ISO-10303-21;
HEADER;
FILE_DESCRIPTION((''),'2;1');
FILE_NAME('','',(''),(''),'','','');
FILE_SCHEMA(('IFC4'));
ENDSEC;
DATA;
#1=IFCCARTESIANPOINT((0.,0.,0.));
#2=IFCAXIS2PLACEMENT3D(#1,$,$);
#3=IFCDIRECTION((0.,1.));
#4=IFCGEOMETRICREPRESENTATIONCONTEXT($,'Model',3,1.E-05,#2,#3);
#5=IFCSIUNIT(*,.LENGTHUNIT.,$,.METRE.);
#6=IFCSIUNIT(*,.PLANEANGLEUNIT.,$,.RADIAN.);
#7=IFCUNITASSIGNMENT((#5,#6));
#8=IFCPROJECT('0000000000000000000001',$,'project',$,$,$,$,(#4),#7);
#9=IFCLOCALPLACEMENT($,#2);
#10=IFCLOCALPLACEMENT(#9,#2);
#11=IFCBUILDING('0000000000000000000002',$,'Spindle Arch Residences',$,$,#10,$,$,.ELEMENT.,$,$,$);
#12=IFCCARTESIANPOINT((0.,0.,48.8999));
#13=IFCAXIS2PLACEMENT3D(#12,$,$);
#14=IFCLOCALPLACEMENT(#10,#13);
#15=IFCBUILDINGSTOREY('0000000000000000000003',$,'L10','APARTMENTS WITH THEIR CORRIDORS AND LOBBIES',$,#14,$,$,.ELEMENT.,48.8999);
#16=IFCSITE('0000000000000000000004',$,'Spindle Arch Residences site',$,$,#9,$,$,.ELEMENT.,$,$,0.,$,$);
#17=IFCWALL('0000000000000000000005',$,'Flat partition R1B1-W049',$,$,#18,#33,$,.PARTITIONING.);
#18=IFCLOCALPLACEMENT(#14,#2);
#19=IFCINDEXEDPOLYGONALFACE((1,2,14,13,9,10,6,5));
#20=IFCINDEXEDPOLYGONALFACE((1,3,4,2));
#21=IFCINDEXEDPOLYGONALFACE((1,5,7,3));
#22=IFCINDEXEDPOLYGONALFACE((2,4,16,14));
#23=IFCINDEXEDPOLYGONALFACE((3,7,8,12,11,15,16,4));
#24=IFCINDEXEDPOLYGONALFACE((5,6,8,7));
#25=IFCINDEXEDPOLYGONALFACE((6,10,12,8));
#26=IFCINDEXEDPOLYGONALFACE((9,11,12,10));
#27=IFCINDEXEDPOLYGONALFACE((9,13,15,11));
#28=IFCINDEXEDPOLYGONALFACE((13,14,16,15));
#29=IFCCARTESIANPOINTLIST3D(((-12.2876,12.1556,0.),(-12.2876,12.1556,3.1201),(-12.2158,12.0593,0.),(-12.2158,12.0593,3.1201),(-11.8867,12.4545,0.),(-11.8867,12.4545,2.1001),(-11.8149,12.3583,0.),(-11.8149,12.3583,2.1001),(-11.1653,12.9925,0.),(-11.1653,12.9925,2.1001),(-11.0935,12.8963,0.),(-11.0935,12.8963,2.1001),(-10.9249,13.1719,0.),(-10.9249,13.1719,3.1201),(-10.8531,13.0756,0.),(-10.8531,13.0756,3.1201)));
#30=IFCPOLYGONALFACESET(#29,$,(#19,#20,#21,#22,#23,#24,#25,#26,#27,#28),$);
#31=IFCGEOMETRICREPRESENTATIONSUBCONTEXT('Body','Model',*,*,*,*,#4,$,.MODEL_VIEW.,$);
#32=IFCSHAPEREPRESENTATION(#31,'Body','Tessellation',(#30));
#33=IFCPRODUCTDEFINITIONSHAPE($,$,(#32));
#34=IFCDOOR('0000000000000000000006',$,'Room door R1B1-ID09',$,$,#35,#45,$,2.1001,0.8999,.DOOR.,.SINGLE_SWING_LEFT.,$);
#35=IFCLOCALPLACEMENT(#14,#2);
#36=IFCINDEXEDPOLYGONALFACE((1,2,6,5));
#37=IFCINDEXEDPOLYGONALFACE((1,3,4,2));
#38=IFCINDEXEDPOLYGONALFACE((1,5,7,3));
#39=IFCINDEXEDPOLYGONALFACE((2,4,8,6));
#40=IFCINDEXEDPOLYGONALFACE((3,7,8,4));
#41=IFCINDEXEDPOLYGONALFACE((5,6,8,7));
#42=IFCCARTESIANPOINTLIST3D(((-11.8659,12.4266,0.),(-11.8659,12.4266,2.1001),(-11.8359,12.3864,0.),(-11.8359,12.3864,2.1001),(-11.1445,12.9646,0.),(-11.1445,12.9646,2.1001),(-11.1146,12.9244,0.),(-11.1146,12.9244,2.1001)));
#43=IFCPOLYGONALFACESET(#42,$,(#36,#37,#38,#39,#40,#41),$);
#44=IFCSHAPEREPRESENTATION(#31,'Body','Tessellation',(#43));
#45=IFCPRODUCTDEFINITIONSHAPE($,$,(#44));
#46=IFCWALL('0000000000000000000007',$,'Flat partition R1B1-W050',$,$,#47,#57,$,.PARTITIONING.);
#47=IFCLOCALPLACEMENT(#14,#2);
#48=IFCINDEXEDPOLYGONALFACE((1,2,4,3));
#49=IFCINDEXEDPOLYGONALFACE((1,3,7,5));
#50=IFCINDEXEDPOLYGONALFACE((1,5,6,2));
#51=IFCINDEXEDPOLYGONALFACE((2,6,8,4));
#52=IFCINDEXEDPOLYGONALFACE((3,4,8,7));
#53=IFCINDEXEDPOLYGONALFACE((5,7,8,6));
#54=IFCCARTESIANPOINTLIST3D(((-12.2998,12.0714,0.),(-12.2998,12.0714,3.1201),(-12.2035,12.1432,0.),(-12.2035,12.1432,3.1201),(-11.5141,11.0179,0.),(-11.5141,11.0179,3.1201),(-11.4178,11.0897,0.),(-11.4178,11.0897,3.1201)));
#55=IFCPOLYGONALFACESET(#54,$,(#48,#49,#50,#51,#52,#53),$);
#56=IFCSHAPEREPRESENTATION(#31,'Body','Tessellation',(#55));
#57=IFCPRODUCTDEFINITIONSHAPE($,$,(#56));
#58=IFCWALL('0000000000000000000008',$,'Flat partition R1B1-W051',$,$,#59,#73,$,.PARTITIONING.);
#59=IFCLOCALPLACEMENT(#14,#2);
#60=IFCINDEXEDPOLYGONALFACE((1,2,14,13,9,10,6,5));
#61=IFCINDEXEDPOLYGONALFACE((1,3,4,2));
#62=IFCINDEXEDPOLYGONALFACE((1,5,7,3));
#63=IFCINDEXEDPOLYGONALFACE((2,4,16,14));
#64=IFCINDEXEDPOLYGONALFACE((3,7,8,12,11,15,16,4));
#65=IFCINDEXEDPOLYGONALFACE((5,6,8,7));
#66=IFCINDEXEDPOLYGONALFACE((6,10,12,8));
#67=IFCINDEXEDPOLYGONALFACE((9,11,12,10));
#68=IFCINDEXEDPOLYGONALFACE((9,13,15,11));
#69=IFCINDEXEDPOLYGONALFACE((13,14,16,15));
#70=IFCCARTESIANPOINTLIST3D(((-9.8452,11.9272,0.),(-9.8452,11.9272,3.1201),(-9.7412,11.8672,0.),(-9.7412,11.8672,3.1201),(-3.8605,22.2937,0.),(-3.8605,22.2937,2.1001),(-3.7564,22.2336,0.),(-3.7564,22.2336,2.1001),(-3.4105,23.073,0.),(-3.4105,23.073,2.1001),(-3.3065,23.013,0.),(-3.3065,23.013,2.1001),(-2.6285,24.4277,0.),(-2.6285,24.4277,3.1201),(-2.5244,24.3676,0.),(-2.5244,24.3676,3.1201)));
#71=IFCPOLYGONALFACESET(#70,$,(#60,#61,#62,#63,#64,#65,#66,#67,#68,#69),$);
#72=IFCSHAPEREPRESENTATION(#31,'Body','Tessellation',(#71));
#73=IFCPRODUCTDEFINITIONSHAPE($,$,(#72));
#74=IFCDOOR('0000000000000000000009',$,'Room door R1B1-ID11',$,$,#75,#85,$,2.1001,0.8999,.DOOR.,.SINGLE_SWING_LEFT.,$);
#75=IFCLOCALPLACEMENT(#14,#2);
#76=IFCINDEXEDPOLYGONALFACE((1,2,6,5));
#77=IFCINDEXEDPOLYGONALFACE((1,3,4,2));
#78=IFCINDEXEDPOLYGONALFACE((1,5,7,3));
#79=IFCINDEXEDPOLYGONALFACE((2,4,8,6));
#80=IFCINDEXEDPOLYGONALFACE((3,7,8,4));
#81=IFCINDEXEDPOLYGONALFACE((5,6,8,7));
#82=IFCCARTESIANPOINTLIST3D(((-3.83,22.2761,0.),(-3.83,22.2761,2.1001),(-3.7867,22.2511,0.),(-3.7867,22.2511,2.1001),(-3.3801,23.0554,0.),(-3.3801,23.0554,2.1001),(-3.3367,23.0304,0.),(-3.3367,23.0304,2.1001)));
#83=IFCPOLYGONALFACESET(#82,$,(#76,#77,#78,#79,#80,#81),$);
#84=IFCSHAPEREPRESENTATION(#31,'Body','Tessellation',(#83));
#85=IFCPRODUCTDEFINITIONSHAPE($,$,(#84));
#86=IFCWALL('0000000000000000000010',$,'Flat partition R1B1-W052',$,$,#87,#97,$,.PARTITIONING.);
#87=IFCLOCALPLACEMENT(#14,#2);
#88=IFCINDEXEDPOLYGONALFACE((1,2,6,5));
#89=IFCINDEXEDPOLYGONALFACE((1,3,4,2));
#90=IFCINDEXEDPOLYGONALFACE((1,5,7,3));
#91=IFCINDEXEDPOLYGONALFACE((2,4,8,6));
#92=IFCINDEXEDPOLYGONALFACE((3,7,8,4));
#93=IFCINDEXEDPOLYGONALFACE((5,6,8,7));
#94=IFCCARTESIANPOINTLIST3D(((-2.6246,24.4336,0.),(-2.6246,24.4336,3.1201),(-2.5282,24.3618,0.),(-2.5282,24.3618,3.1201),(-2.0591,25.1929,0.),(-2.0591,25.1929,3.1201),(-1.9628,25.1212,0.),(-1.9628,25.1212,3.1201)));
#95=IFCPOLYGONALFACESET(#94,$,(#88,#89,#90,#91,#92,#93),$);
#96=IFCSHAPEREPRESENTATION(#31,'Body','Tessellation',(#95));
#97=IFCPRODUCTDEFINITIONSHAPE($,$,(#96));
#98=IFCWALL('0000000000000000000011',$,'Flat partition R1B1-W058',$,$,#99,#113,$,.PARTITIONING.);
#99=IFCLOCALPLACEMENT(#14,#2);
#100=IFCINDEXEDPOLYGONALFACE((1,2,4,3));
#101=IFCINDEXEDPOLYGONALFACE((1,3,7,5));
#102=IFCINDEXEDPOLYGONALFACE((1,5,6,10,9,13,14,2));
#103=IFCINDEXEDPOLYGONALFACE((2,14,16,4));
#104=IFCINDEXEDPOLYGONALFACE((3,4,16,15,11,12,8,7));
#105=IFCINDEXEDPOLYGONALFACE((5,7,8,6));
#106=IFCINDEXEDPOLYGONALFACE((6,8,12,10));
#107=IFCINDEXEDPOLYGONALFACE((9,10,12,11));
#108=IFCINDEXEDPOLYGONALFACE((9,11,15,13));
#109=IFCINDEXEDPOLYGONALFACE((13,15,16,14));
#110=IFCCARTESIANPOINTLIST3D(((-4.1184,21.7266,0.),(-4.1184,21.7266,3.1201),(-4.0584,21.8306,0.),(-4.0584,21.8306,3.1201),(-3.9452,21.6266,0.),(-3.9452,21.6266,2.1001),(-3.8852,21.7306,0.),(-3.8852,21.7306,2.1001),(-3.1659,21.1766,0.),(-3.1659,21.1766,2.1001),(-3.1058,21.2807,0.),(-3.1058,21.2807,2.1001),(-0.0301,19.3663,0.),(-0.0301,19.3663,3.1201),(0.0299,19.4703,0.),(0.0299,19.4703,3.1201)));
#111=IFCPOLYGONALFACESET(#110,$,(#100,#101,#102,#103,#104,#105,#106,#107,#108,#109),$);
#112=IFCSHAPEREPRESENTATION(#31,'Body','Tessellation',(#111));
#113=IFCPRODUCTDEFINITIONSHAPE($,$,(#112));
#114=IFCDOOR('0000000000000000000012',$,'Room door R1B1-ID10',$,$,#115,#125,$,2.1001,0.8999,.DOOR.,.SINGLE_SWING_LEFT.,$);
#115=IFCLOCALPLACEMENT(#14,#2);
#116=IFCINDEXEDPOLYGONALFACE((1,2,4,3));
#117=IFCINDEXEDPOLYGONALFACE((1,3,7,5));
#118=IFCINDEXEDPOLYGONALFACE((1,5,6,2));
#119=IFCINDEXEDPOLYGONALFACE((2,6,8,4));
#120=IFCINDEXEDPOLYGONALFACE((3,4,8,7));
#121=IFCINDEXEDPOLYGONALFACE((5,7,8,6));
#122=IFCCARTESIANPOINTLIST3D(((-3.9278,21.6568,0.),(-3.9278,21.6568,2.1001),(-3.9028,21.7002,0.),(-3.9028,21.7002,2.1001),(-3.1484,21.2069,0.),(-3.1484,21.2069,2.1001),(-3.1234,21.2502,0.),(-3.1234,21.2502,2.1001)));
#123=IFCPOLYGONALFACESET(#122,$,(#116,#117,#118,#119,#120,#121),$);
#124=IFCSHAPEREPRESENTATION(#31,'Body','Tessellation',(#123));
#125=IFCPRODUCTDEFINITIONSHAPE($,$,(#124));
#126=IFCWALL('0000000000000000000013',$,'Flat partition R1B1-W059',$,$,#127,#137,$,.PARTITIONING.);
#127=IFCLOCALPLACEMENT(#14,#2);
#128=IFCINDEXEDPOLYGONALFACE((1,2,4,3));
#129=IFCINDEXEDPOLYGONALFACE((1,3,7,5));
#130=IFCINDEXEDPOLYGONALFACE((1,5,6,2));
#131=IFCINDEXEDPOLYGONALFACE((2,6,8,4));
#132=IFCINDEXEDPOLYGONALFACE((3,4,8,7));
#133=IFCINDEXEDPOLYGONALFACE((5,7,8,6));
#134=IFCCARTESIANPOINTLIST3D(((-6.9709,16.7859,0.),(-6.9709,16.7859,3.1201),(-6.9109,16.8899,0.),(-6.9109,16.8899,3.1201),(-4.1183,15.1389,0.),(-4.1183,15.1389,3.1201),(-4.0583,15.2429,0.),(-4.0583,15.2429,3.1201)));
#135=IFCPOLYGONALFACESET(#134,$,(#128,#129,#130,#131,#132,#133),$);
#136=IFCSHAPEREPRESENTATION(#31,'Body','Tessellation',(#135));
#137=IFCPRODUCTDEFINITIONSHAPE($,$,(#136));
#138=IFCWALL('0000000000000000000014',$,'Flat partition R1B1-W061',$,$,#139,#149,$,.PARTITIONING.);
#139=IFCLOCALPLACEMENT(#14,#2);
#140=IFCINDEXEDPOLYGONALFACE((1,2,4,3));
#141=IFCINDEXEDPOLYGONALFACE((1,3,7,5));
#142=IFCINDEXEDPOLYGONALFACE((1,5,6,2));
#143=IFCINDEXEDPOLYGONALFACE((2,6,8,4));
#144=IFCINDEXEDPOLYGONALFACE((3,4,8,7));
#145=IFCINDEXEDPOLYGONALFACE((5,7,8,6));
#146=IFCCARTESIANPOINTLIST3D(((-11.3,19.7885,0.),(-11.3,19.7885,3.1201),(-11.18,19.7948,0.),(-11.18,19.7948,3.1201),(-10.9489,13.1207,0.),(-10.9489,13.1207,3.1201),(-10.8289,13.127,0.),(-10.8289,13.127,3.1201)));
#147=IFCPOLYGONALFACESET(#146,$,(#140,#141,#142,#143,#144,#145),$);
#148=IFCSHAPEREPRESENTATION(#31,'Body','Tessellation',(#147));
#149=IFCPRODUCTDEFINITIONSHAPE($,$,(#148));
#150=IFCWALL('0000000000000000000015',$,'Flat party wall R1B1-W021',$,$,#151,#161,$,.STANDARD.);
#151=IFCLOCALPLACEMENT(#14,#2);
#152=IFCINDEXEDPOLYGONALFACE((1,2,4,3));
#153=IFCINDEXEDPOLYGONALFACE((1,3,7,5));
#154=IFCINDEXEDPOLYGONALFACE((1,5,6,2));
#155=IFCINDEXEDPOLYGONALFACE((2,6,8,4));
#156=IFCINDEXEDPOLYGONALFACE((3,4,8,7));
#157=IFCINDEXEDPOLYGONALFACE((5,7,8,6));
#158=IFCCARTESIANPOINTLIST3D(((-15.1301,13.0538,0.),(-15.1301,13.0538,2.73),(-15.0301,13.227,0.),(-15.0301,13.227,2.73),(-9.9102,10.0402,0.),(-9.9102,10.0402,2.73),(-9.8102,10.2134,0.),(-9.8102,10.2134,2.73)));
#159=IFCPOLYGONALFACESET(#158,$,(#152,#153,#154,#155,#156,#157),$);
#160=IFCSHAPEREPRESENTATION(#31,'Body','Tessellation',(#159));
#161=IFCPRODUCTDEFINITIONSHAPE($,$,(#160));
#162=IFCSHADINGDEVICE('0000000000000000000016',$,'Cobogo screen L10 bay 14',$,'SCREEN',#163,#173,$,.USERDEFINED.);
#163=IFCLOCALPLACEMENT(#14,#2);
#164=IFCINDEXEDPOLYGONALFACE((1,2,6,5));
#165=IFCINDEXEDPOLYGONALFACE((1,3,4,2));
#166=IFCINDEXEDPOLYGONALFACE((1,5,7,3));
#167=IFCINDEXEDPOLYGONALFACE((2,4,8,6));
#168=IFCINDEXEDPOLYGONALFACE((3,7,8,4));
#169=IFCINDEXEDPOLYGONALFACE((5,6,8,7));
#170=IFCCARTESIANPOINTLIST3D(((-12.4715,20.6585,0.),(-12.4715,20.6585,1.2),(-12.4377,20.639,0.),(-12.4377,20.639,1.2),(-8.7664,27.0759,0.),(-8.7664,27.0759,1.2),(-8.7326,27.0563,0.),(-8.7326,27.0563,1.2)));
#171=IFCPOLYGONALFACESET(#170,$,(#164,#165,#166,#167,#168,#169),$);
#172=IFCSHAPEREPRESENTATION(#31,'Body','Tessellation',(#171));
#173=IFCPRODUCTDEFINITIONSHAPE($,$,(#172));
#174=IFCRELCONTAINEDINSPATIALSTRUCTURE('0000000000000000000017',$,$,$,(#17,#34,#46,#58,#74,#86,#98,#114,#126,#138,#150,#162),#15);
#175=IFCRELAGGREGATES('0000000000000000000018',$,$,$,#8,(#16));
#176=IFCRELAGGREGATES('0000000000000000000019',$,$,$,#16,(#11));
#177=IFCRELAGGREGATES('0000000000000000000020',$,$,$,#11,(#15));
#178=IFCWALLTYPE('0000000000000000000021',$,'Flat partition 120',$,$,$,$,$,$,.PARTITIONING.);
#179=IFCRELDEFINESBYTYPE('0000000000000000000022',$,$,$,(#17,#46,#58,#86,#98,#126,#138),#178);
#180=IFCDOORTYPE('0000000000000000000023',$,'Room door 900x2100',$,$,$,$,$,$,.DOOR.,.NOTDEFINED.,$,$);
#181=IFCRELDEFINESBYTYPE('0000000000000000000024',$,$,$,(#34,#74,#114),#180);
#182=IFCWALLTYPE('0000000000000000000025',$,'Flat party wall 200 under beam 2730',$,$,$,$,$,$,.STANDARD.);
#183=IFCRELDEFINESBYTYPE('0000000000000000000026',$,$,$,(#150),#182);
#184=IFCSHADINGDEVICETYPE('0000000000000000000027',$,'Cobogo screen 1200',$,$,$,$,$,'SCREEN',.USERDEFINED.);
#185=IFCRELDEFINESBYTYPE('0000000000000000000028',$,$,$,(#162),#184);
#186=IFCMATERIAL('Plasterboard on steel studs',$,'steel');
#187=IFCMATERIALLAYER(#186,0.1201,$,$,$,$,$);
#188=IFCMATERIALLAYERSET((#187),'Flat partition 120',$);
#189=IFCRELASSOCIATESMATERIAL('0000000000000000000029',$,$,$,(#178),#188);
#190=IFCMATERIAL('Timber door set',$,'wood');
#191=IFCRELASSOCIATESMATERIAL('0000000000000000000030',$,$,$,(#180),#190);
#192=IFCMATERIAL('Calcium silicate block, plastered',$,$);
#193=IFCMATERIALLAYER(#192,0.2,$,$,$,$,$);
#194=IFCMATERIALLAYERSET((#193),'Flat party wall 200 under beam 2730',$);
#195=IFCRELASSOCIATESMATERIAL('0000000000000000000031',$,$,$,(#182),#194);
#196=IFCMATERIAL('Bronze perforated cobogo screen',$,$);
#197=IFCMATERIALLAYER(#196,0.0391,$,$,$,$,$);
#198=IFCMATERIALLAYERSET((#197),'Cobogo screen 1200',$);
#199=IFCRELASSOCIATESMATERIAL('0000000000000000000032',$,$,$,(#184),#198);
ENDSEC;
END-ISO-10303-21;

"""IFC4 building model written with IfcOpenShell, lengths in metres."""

from ifc_helpers import new_model, si_unit, direction, frame, frame_2d, origin, origin_2d, place, context, subcontext, project, spatial, rectangle, extrude, material, layer, layer_set, type_object, element, fill, save


model = new_model("IFC4")

# Units and contexts
model_context = context("Model", 3, precision=1e-05, world=origin(), true_north=direction((0.0, 1.0)))
body_context = subcontext(model_context, "Body", "Model", "MODEL_VIEW")
ifc_project = project(units=[si_unit("LENGTHUNIT", "METRE"), si_unit("PLANEANGLEUNIT", "RADIAN")], contexts=[model_context])

# Site, building, storey
site_placement = place(None, origin())
site = spatial("IfcSite", under=ifc_project, at=site_placement, Name="Spindle Arch Residences site", CompositionType="ELEMENT", RefElevation=0.0)
building_placement = place(site_placement, origin())
building = spatial("IfcBuilding", under=site, at=building_placement, Name="Spindle Arch Residences", CompositionType="ELEMENT")
storey_placement = place(building_placement, frame((0.0, 0.0, 48.8999)))
storey = spatial("IfcBuildingStorey", under=building, at=storey_placement, Name="L10", Description="APARTMENTS WITH THEIR CORRIDORS AND LOBBIES", CompositionType="ELEMENT", Elevation=48.8999)

# Wall, opening, door
ifc_material_1 = material(Name="Plasterboard on steel studs", Category="steel")
ifc_layer_1 = layer(ifc_material_1, 0.1201)
ifc_layer_set_1 = layer_set([ifc_layer_1], Name="Flat partition 120")
wall_type_1 = type_object("IfcWallType", Name="Flat partition 120", PredefinedType="PARTITIONING", material=ifc_layer_set_1)
wall_1_placement = place(storey_placement, frame((-10.8889, 13.1238, 0.0), z_axis=(0.0, 0.0, 1.0), x_axis=(-0.801617, -0.597838, 0.0)))
wall_1 = element("IfcWall", 1, at=wall_1_placement, inside=storey, type_object=wall_type_1, Name="Flat partition R1B1-W049", PredefinedType="PARTITIONING", context=body_context, shape_type="SweptSolid", body=[
    extrude(rectangle(XDim=1.7, YDim=0.1201, at=frame_2d((0.8501, 0.0))), origin(), (0.0, 0.0, 1.0), 3.1201),
])
opening_1_placement = place(wall_1_placement, frame((0.3, 0.0, 0.0)))
opening_1 = element("IfcOpeningElement", 2, at=opening_1_placement, cuts=wall_1, PredefinedType="OPENING", context=body_context, shape_type="SweptSolid", body=[
    extrude(rectangle(XDim=0.8999, YDim=2.1001, at=frame_2d((0.45, 1.05))), frame((0.0, 0.0701, 0.0), z_axis=(0.0, -1.0, 0.0), x_axis=(1.0, 0.0, 0.0)), (0.0, 0.0, 1.0), 0.1401),
])
ifc_material_2 = material(Name="Timber door set", Category="wood")
door_type_1 = type_object("IfcDoorType", Name="Room door 900x2100", OperationType="NOTDEFINED", PredefinedType="DOOR", material=ifc_material_2)
door_1_placement = place(opening_1_placement, origin())
door_1 = element("IfcDoor", 3, at=door_1_placement, inside=storey, type_object=door_type_1, Name="Room door R1B1-ID09", OperationType="SINGLE_SWING_LEFT", OverallHeight=2.1001, OverallWidth=0.8999, PredefinedType="DOOR", context=body_context, shape_type="SweptSolid", body=[
    extrude(rectangle(XDim=0.8999, YDim=2.1001, at=frame_2d((0.45, 1.05))), frame((0.0, 0.0249, 0.0), z_axis=(0.0, -1.0, 0.0), x_axis=(1.0, 0.0, 0.0)), (0.0, 0.0, 1.0), 0.05),
])
fill(opening_1, door_1)

# Wall
wall_2_placement = place(storey_placement, frame((-12.2517, 12.1074, 0.0), z_axis=(0.0, 0.0, 1.0), x_axis=(0.597828, -0.801624, 0.0)))
element("IfcWall", 4, at=wall_2_placement, inside=storey, type_object=wall_type_1, Name="Flat partition R1B1-W050", PredefinedType="PARTITIONING", context=body_context, shape_type="SweptSolid", body=[
    extrude(rectangle(XDim=1.3142, YDim=0.1201, at=frame_2d((0.6572, 0.0))), origin(), (0.0, 0.0, 1.0), 3.1201),
])

# Wall, opening, door
wall_3_placement = place(storey_placement, frame((-9.7932, 11.8972, 0.0), z_axis=(0.0, 0.0, 1.0), x_axis=(0.499981, 0.866036, 0.0)))
wall_3 = element("IfcWall", 5, at=wall_3_placement, inside=storey, type_object=wall_type_1, Name="Flat partition R1B1-W051", PredefinedType="PARTITIONING", context=body_context, shape_type="SweptSolid", body=[
    extrude(rectangle(XDim=14.4341, YDim=0.1201, at=frame_2d((7.217, 0.0))), origin(), (0.0, 0.0, 1.0), 3.1201),
])
opening_2_placement = place(wall_3_placement, frame((11.97, 0.0, 0.0)))
opening_2 = element("IfcOpeningElement", 6, at=opening_2_placement, cuts=wall_3, PredefinedType="OPENING", context=body_context, shape_type="SweptSolid", body=[
    extrude(rectangle(XDim=0.8999, YDim=2.1001, at=frame_2d((0.45, 1.05))), frame((0.0, 0.0701, 0.0), z_axis=(0.0, -1.0, 0.0), x_axis=(1.0, 0.0, 0.0)), (0.0, 0.0, 1.0), 0.1401),
])
door_2_placement = place(opening_2_placement, origin())
door_2 = element("IfcDoor", 7, at=door_2_placement, inside=storey, type_object=door_type_1, Name="Room door R1B1-ID11", OperationType="SINGLE_SWING_LEFT", OverallHeight=2.1001, OverallWidth=0.8999, PredefinedType="DOOR", context=body_context, shape_type="SweptSolid", body=[
    extrude(rectangle(XDim=0.8999, YDim=2.1001, at=frame_2d((0.45, 1.05))), frame((0.0, 0.0249, 0.0), z_axis=(0.0, -1.0, 0.0), x_axis=(1.0, 0.0, 0.0)), (0.0, 0.0, 1.0), 0.05),
])
fill(opening_2, door_2)

# Wall
wall_4_placement = place(storey_placement, frame((-2.5764, 24.3977, 0.0), z_axis=(0.0, 0.0, 1.0), x_axis=(0.597273, 0.802038, 0.0)))
element("IfcWall", 8, at=wall_4_placement, inside=storey, type_object=wall_type_1, Name="Flat partition R1B1-W052", PredefinedType="PARTITIONING", context=body_context, shape_type="SweptSolid", body=[
    extrude(rectangle(XDim=0.9468, YDim=0.1201, at=frame_2d((0.4734, 0.0))), origin(), (0.0, 0.0, 1.0), 3.1201),
])

# Wall, opening, door
wall_5_placement = place(storey_placement, frame((-4.0884, 21.7786, 0.0), z_axis=(0.0, 0.0, 1.0), x_axis=(0.866032, -0.499988, 0.0)))
wall_5 = element("IfcWall", 9, at=wall_5_placement, inside=storey, type_object=wall_type_1, Name="Flat partition R1B1-W058", PredefinedType="PARTITIONING", context=body_context, shape_type="SweptSolid", body=[
    extrude(rectangle(XDim=4.7207, YDim=0.1201, at=frame_2d((2.3604, 0.0))), origin(), (0.0, 0.0, 1.0), 3.1201),
])
opening_3_placement = place(wall_5_placement, frame((0.2, 0.0, 0.0)))
opening_3 = element("IfcOpeningElement", 10, at=opening_3_placement, cuts=wall_5, PredefinedType="OPENING", context=body_context, shape_type="SweptSolid", body=[
    extrude(rectangle(XDim=0.8999, YDim=2.1001, at=frame_2d((0.45, 1.05))), frame((0.0, 0.0701, 0.0), z_axis=(0.0, -1.0, 0.0), x_axis=(1.0, 0.0, 0.0)), (0.0, 0.0, 1.0), 0.1401),
])
door_3_placement = place(opening_3_placement, origin())
door_3 = element("IfcDoor", 11, at=door_3_placement, inside=storey, type_object=door_type_1, Name="Room door R1B1-ID10", OperationType="SINGLE_SWING_LEFT", OverallHeight=2.1001, OverallWidth=0.8999, PredefinedType="DOOR", context=body_context, shape_type="SweptSolid", body=[
    extrude(rectangle(XDim=0.8999, YDim=2.1001, at=frame_2d((0.45, 1.05))), frame((0.0, 0.0249, 0.0), z_axis=(0.0, -1.0, 0.0), x_axis=(1.0, 0.0, 0.0)), (0.0, 0.0, 1.0), 0.05),
])
fill(opening_3, door_3)

# Walls
wall_6_placement = place(storey_placement, frame((-6.9409, 16.8379, 0.0), z_axis=(0.0, 0.0, 1.0), x_axis=(0.866018, -0.500013, 0.0)))
element("IfcWall", 12, at=wall_6_placement, inside=storey, type_object=wall_type_1, Name="Flat partition R1B1-W059", PredefinedType="PARTITIONING", context=body_context, shape_type="SweptSolid", body=[
    extrude(rectangle(XDim=3.2939, YDim=0.1201, at=frame_2d((1.647, 0.0))), origin(), (0.0, 0.0, 1.0), 3.1201),
])
wall_7_placement = place(storey_placement, frame((-11.24, 19.7915, 0.0), z_axis=(0.0, 0.0, 1.0), x_axis=(0.05258, -0.998617, 0.0)))
element("IfcWall", 13, at=wall_7_placement, inside=storey, type_object=wall_type_1, Name="Flat partition R1B1-W061", PredefinedType="PARTITIONING", context=body_context, shape_type="SweptSolid", body=[
    extrude(rectangle(XDim=6.677, YDim=0.1201, at=frame_2d((3.3384, 0.0))), origin(), (0.0, 0.0, 1.0), 3.1201),
])
ifc_material_3 = material(Name="Calcium silicate block, plastered")
ifc_layer_2 = layer(ifc_material_3, 0.2)
ifc_layer_set_2 = layer_set([ifc_layer_2], Name="Flat party wall 200 under beam 2730")
wall_type_2 = type_object("IfcWallType", Name="Flat party wall 200 under beam 2730", PredefinedType="STANDARD", material=ifc_layer_set_2)
wall_8_placement = place(storey_placement, frame((-15.0801, 13.1404, 0.0), z_axis=(0.0, 0.0, 1.0), x_axis=(0.866031, -0.49999, 0.0)))
element("IfcWall", 14, at=wall_8_placement, inside=storey, type_object=wall_type_2, Name="Flat party wall R1B1-W021", PredefinedType="STANDARD", context=body_context, shape_type="SweptSolid", body=[
    extrude(rectangle(XDim=6.0273, YDim=0.2, at=frame_2d((3.0137, 0.0))), origin(), (0.0, 0.0, 1.0), 2.73),
])

# Shading device
ifc_material_4 = material(Name="Bronze perforated cobogo screen")
ifc_layer_3 = layer(ifc_material_4, 0.0391)
ifc_layer_set_3 = layer_set([ifc_layer_3], Name="Cobogo screen 1200")
shading_device_type = type_object("IfcShadingDeviceType", Name="Cobogo screen 1200", ElementType="SCREEN", PredefinedType="USERDEFINED", material=ifc_layer_set_3)
shading_device_placement = place(storey_placement, frame((-10.6021, 23.8574, 0.0), z_axis=(0.0, 0.0, 1.0), x_axis=(-0.5, -0.866025, 0.0)))
element("IfcShadingDevice", 15, at=shading_device_placement, inside=storey, type_object=shading_device_type, Name="Cobogo screen L10 bay 14", ObjectType="SCREEN", PredefinedType="USERDEFINED", context=body_context, shape_type="SweptSolid", body=[
    extrude(rectangle(XDim=7.4102, YDim=0.0391, at=origin_2d()), origin(), (0.0, 0.0, 1.0), 1.2),
])

save(model, "model.ifc")
